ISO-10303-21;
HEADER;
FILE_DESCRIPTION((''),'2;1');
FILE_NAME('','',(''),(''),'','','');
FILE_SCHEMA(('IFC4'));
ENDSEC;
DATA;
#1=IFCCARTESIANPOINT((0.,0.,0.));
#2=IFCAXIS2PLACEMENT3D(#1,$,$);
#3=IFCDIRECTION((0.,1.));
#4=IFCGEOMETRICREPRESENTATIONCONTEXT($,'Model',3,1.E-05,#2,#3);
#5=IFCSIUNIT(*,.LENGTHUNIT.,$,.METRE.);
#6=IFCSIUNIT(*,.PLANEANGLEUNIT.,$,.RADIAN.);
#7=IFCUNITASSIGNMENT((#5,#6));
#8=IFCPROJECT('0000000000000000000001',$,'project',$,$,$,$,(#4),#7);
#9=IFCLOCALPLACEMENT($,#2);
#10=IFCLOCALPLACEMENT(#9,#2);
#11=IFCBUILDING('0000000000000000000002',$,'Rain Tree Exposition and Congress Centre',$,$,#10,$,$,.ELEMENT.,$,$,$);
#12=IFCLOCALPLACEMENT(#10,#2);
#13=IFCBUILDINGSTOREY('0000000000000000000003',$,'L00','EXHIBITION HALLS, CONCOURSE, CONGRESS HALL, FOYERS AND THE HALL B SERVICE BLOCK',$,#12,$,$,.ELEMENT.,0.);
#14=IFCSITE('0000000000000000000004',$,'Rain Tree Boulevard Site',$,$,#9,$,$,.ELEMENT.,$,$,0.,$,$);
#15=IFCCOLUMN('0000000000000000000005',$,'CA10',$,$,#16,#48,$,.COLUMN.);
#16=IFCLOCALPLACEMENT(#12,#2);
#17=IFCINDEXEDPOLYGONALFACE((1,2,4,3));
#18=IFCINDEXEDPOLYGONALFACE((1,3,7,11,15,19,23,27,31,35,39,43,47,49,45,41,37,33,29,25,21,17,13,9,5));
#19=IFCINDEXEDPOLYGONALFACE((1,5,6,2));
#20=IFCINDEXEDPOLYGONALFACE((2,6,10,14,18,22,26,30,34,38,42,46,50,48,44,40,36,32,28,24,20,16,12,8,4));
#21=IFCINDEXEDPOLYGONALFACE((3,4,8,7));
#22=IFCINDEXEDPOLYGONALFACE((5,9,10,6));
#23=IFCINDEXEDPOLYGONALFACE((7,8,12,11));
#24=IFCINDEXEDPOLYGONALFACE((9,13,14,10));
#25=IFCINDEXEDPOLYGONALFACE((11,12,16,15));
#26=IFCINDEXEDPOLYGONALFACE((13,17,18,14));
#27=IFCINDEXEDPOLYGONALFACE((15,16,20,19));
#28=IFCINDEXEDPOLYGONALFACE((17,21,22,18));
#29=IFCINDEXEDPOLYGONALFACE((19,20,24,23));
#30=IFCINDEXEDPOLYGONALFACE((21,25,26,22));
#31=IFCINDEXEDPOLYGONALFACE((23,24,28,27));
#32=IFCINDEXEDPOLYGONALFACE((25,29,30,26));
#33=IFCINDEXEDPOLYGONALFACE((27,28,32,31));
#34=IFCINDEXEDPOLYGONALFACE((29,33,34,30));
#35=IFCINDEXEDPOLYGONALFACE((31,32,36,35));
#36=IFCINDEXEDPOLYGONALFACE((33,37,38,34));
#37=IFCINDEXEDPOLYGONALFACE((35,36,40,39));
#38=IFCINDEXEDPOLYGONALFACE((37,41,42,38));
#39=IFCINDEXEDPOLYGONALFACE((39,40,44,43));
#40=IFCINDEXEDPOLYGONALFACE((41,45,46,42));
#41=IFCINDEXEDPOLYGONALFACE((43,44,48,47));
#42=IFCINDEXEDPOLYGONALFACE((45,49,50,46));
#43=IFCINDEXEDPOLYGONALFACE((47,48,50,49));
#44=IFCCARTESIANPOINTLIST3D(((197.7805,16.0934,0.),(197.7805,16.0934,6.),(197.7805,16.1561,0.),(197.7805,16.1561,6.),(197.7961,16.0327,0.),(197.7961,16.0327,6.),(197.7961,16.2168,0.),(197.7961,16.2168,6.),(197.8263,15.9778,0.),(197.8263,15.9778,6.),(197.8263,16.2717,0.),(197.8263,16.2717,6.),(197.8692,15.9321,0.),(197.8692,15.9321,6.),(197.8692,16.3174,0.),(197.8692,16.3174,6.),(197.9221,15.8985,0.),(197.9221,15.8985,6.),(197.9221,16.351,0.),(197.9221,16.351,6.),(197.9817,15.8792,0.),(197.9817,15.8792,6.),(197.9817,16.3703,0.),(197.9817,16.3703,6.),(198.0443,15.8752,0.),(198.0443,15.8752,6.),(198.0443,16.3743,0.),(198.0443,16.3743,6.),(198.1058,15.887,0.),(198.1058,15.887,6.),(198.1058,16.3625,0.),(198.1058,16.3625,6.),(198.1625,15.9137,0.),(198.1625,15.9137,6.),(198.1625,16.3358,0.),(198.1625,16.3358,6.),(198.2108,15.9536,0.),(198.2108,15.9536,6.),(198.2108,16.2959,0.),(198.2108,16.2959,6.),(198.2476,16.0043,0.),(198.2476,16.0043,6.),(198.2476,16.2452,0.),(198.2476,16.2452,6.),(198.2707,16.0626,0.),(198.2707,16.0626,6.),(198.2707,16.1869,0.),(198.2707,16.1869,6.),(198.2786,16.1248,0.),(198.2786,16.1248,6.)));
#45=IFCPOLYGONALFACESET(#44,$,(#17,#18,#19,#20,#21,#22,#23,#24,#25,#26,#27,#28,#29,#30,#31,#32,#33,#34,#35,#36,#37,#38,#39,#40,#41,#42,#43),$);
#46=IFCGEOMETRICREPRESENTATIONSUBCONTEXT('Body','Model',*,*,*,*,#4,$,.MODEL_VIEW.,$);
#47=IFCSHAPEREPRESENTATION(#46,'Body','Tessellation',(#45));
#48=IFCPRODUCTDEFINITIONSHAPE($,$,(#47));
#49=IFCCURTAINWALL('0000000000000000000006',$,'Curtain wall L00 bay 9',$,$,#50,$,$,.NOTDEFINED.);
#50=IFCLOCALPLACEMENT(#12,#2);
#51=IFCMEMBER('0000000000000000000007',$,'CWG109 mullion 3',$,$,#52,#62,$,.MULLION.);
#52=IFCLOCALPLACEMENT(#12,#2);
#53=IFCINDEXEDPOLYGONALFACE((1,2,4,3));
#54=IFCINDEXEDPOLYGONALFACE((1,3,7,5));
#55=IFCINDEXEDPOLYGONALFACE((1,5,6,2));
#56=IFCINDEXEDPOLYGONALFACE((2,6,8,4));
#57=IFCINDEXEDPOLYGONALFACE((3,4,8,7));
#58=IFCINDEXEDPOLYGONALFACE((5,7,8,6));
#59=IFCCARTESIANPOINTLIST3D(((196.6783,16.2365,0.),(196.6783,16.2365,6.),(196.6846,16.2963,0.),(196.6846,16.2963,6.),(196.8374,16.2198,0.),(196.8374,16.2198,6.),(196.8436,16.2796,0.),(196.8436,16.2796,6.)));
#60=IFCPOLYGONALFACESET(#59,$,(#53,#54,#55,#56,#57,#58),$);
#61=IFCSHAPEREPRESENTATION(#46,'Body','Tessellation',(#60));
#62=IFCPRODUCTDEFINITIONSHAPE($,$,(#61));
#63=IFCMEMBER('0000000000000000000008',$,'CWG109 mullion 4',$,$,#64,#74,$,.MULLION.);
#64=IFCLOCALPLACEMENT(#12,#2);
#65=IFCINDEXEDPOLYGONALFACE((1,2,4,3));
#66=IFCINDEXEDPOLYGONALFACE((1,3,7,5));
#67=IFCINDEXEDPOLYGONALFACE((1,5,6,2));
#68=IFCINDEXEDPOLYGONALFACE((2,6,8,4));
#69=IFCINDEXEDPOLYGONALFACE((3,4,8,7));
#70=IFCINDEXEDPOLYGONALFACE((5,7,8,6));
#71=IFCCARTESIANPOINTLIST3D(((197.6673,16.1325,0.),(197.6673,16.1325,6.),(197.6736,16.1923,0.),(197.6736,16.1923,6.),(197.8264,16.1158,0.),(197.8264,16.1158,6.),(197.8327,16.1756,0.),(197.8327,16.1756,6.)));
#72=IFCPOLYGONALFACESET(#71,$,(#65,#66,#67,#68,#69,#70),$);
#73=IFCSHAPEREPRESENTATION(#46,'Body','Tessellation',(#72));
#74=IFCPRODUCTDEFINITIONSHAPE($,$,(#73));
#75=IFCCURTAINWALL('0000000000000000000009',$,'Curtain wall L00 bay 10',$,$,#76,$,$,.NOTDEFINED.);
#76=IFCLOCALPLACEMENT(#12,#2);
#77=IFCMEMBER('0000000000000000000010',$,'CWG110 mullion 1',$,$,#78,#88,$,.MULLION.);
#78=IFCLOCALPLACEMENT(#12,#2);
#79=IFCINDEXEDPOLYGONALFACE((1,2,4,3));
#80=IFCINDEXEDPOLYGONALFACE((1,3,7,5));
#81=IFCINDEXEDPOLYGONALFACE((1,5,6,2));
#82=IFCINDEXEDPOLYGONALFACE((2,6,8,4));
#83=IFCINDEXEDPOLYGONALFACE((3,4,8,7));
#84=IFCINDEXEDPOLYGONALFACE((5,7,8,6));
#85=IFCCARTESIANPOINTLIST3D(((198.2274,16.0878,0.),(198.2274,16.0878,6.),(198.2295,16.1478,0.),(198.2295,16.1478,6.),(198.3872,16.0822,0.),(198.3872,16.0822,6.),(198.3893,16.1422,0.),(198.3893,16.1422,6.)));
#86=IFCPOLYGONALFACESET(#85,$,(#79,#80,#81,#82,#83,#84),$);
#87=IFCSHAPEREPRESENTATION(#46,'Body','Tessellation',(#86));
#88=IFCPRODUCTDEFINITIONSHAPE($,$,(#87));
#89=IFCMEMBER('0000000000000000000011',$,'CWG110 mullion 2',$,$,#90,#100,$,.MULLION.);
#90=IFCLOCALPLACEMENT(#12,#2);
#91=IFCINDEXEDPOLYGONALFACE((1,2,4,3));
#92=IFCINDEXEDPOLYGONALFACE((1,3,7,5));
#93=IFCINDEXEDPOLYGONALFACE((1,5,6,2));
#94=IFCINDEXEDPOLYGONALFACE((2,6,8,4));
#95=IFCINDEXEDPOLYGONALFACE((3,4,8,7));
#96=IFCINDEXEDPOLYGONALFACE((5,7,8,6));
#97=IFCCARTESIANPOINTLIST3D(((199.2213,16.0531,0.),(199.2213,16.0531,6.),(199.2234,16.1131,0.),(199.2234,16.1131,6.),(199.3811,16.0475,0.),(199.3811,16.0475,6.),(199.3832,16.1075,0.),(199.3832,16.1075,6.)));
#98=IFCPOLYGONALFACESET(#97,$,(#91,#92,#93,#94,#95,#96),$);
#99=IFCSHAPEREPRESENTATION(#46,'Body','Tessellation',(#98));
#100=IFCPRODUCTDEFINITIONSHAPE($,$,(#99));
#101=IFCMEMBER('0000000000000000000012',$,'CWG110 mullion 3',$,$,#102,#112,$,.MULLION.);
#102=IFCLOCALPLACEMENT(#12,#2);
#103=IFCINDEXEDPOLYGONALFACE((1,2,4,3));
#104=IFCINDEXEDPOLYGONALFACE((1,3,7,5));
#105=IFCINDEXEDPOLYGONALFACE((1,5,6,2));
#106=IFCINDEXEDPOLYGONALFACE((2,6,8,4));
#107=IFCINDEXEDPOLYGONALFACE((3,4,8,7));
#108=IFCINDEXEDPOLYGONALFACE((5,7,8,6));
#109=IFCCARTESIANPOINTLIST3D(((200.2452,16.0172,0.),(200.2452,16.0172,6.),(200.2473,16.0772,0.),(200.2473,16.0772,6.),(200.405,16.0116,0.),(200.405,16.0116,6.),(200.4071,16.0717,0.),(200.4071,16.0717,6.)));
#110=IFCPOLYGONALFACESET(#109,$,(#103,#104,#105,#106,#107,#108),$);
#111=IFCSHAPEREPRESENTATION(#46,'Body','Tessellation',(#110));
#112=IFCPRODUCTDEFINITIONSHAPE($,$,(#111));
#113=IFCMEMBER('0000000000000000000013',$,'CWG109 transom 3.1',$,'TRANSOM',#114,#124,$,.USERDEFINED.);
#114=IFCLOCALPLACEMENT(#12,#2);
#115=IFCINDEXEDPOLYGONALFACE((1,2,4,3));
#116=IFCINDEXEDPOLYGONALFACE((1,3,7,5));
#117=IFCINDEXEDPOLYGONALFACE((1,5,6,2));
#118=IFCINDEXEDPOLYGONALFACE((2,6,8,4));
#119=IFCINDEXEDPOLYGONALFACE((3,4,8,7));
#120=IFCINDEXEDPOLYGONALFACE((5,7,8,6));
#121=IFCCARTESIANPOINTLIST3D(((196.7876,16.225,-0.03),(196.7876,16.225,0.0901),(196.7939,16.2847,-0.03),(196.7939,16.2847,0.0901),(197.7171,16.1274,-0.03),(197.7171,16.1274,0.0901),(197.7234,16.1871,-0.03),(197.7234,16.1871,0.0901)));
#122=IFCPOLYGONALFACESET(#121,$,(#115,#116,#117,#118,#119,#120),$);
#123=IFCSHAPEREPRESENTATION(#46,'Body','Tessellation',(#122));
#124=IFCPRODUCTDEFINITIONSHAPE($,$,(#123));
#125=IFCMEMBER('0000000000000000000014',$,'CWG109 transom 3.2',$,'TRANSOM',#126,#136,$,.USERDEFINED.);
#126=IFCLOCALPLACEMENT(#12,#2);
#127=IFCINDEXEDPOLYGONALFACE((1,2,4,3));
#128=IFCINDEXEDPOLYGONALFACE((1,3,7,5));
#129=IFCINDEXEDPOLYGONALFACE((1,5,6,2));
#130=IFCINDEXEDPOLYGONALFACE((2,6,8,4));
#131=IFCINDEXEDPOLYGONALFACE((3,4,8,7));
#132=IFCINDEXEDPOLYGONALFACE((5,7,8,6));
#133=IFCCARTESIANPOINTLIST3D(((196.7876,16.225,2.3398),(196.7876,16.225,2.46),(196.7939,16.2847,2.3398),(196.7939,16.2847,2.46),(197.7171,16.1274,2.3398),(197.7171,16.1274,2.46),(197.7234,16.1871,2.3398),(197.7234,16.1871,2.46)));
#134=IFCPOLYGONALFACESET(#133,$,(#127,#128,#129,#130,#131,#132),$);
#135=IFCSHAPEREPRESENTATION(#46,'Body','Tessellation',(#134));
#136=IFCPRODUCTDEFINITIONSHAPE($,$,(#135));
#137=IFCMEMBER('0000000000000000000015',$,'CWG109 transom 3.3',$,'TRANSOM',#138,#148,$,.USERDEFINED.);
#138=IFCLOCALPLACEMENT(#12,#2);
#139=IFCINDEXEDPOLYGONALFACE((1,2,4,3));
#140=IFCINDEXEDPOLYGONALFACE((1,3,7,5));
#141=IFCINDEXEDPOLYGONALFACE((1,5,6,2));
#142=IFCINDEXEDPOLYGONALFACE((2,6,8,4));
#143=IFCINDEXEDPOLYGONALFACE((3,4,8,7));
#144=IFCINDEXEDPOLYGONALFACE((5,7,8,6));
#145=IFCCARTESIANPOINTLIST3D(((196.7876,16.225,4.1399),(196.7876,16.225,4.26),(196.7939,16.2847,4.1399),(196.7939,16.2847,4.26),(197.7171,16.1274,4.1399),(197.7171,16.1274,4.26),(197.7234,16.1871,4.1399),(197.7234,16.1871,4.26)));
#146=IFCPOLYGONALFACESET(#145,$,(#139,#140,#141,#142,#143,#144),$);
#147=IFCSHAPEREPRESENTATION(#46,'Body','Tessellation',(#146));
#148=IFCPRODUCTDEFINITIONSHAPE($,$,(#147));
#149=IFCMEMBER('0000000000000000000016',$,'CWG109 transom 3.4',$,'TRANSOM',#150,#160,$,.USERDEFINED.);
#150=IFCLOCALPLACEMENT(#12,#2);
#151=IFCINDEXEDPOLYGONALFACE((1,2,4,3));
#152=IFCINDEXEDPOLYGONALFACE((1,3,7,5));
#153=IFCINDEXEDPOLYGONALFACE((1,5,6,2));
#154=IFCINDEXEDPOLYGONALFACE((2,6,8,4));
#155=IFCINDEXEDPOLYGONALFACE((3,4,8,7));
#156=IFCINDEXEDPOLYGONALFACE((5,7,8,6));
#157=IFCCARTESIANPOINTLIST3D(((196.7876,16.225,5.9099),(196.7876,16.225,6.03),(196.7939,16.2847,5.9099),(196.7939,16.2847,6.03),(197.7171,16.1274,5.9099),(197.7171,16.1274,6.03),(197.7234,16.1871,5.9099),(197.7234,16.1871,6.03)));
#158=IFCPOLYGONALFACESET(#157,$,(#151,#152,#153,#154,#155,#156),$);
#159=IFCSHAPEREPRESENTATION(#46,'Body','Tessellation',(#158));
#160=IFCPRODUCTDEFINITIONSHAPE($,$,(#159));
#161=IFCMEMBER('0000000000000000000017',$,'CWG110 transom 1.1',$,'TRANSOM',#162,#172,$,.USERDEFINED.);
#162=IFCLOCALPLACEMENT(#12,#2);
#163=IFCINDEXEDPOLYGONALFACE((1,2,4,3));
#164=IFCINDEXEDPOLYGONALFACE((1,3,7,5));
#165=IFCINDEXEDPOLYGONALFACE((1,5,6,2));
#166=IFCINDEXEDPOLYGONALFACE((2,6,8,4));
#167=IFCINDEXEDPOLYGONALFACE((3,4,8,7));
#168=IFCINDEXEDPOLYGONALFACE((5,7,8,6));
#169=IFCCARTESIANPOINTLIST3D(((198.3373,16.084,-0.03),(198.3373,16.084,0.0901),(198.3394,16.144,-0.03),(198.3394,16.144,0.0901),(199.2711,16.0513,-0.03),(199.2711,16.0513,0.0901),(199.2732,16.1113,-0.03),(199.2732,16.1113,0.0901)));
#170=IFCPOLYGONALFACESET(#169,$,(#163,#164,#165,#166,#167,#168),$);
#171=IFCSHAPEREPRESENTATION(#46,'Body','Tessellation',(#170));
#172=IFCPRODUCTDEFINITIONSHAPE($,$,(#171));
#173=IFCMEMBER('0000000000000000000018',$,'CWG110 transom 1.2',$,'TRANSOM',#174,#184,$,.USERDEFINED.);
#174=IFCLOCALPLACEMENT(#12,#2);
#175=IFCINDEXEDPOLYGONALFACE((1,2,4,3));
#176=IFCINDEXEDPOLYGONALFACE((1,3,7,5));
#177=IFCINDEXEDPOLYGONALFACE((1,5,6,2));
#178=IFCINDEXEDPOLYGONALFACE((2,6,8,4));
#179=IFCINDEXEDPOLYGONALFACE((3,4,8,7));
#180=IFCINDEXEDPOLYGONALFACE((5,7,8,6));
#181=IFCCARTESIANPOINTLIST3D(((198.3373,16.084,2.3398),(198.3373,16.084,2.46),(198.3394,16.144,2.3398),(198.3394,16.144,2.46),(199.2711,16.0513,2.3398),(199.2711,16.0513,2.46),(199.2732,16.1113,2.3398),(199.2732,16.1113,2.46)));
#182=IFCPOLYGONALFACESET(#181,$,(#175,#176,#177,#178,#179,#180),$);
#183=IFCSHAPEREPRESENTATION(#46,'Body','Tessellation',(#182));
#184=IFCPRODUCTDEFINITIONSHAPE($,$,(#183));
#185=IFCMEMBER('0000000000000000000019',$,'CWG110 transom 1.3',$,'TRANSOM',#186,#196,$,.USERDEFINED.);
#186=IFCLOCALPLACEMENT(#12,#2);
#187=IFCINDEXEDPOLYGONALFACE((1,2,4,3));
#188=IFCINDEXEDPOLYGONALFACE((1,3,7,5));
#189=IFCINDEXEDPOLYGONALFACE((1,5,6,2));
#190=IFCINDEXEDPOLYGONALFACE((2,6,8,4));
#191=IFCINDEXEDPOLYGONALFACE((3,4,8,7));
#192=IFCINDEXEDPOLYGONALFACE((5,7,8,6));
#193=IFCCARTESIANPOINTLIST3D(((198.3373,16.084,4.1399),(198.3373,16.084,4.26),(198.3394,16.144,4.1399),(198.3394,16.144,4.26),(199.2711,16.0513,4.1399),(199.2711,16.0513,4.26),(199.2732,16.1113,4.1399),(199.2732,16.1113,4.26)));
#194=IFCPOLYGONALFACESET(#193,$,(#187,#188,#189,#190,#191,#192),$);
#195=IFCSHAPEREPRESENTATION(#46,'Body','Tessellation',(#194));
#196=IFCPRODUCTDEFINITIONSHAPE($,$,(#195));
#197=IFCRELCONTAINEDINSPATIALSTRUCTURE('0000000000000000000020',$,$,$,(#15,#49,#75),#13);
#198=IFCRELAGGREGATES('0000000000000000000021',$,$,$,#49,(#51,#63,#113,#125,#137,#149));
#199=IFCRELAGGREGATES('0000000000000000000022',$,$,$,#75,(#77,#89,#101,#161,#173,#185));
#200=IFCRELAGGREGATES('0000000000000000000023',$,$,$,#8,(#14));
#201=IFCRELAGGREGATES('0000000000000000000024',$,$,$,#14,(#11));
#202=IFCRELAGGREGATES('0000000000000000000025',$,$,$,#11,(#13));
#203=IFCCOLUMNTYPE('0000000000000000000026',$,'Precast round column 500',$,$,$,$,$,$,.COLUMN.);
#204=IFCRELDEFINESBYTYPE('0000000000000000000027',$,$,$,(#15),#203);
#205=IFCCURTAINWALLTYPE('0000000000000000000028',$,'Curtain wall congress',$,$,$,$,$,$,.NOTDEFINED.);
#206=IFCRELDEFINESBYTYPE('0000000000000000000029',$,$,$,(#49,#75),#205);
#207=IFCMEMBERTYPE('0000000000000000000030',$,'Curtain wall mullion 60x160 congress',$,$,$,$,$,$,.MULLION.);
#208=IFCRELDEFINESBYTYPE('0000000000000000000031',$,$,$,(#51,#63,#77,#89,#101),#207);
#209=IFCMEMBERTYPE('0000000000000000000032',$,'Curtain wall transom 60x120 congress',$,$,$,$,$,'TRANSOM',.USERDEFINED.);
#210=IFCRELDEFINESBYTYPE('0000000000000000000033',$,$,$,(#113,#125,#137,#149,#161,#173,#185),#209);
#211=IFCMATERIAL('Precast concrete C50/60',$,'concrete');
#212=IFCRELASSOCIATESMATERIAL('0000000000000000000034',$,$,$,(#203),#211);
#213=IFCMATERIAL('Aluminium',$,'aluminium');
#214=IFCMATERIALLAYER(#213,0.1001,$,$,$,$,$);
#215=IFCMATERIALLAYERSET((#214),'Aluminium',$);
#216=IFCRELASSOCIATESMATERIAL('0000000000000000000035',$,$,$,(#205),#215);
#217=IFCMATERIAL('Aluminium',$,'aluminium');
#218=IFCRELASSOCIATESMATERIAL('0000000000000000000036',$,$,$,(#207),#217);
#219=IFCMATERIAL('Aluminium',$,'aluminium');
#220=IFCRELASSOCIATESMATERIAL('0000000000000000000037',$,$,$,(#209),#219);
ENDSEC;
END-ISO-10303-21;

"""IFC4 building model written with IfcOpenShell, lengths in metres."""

from ifc_helpers import new_model, si_unit, direction, frame, origin, origin_2d, place, context, subcontext, project, spatial, rectangle, circle, extrude, material, layer, layer_set, material_profile, profile_set, type_object, element, aggregate, save


model = new_model("IFC4")

# Units and contexts
model_context = context("Model", 3, precision=1e-05, world=origin(), true_north=direction((0.0, 1.0)))
body_context = subcontext(model_context, "Body", "Model", "MODEL_VIEW")
ifc_project = project(units=[si_unit("LENGTHUNIT", "METRE"), si_unit("PLANEANGLEUNIT", "RADIAN")], contexts=[model_context])

# Site, building, storey
site_placement = place(None, origin())
site = spatial("IfcSite", under=ifc_project, at=site_placement, Name="Rain Tree Boulevard Site", CompositionType="ELEMENT", RefElevation=0.0)
building_placement = place(site_placement, origin())
building = spatial("IfcBuilding", under=site, at=building_placement, Name="Rain Tree Exposition and Congress Centre", CompositionType="ELEMENT")
storey_placement = place(building_placement, origin())
storey = spatial("IfcBuildingStorey", under=building, at=storey_placement, Name="L00", Description="EXHIBITION HALLS, CONCOURSE, CONGRESS HALL, FOYERS AND THE HALL B SERVICE BLOCK", CompositionType="ELEMENT", Elevation=0.0)

# Column
ifc_material_1 = material(Name="Precast concrete C50/60", Category="concrete")
ifc_material_profile_1 = material_profile(ifc_material_1, circle(Radius=0.25, at=origin_2d()), Name="RC D500")
ifc_profile_set_1 = profile_set([ifc_material_profile_1], Name="Precast concrete C50/60")
column_type = type_object("IfcColumnType", Name="Precast round column 500", PredefinedType="COLUMN", material=ifc_profile_set_1)
column_placement = place(storey_placement, frame((198.0286, 16.1248, 0.0), z_axis=(0.0, 0.0, 1.0), x_axis=(1.0, 0.0, 0.0)))
element("IfcColumn", 1, at=column_placement, inside=storey, type_object=column_type, Name="CA10", PredefinedType="COLUMN", context=body_context, shape_type="SweptSolid", body=[
    extrude(circle(Radius=0.25, at=origin_2d()), origin(), (0.0, 0.0, 1.0), 6.0),
])

# Curtain walls, members
ifc_material_2 = material(Name="Aluminium", Category="aluminium")
ifc_layer_1 = layer(ifc_material_2, 0.1001)
ifc_layer_set_1 = layer_set([ifc_layer_1], Name="Aluminium")
curtain_wall_type = type_object("IfcCurtainWallType", Name="Curtain wall congress", PredefinedType="NOTDEFINED", material=ifc_layer_set_1)
curtain_wall_1_placement = place(storey_placement, origin())
curtain_wall_1 = element("IfcCurtainWall", 2, at=curtain_wall_1_placement, inside=storey, type_object=curtain_wall_type, Name="Curtain wall L00 bay 9", PredefinedType="NOTDEFINED")
ifc_material_3 = material(Name="Aluminium", Category="aluminium")
ifc_material_profile_2 = material_profile(ifc_material_3, rectangle(XDim=0.0601, YDim=0.1599, at=origin_2d()), Name="AL 60x160")
ifc_profile_set_2 = profile_set([ifc_material_profile_2], Name="Aluminium")
member_type_1 = type_object("IfcMemberType", Name="Curtain wall mullion 60x160 congress", PredefinedType="MULLION", material=ifc_profile_set_2)
member_1_placement = place(storey_placement, frame((196.761, 16.2581, 0.0), z_axis=(0.0, 0.0, 1.0), x_axis=(0.104502, 0.994525, 0.0)))
member_1 = element("IfcMember", 3, at=member_1_placement, type_object=member_type_1, Name="CWG109 mullion 3", PredefinedType="MULLION", context=body_context, shape_type="SweptSolid", body=[
    extrude(rectangle(XDim=0.0601, YDim=0.1599, at=origin_2d()), origin(), (0.0, 0.0, 1.0), 6.0),
])
member_2_placement = place(storey_placement, frame((197.75, 16.1541, 0.0), z_axis=(0.0, 0.0, 1.0), x_axis=(0.104502, 0.994525, 0.0)))
member_2 = element("IfcMember", 4, at=member_2_placement, type_object=member_type_1, Name="CWG109 mullion 4", PredefinedType="MULLION", context=body_context, shape_type="SweptSolid", body=[
    extrude(rectangle(XDim=0.0601, YDim=0.1599, at=origin_2d()), origin(), (0.0, 0.0, 1.0), 6.0),
])
curtain_wall_2_placement = place(storey_placement, origin())
curtain_wall_2 = element("IfcCurtainWall", 5, at=curtain_wall_2_placement, inside=storey, type_object=curtain_wall_type, Name="Curtain wall L00 bay 10", PredefinedType="NOTDEFINED")
member_3_placement = place(storey_placement, frame((198.3083, 16.115, 0.0), z_axis=(0.0, 0.0, 1.0), x_axis=(0.034908, 0.999391, 0.0)))
member_3 = element("IfcMember", 6, at=member_3_placement, type_object=member_type_1, Name="CWG110 mullion 1", PredefinedType="MULLION", context=body_context, shape_type="SweptSolid", body=[
    extrude(rectangle(XDim=0.0601, YDim=0.1599, at=origin_2d()), origin(), (0.0, 0.0, 1.0), 6.0),
])
member_4_placement = place(storey_placement, frame((199.3022, 16.0803, 0.0), z_axis=(0.0, 0.0, 1.0), x_axis=(0.034908, 0.999391, 0.0)))
member_4 = element("IfcMember", 7, at=member_4_placement, type_object=member_type_1, Name="CWG110 mullion 2", PredefinedType="MULLION", context=body_context, shape_type="SweptSolid", body=[
    extrude(rectangle(XDim=0.0601, YDim=0.1599, at=origin_2d()), origin(), (0.0, 0.0, 1.0), 6.0),
])
member_5_placement = place(storey_placement, frame((200.3262, 16.0444, 0.0), z_axis=(0.0, 0.0, 1.0), x_axis=(0.034908, 0.999391, 0.0)))
member_5 = element("IfcMember", 8, at=member_5_placement, type_object=member_type_1, Name="CWG110 mullion 3", PredefinedType="MULLION", context=body_context, shape_type="SweptSolid", body=[
    extrude(rectangle(XDim=0.0601, YDim=0.1599, at=origin_2d()), origin(), (0.0, 0.0, 1.0), 6.0),
])

# Members
ifc_material_4 = material(Name="Aluminium", Category="aluminium")
ifc_material_profile_3 = material_profile(ifc_material_4, rectangle(XDim=0.0601, YDim=0.1201, at=origin_2d()), Name="AL 60x120")
ifc_profile_set_3 = profile_set([ifc_material_profile_3], Name="Aluminium")
member_type_2 = type_object("IfcMemberType", Name="Curtain wall transom 60x120 congress", ElementType="TRANSOM", PredefinedType="USERDEFINED", material=ifc_profile_set_3)
member_6_placement = place(storey_placement, frame((196.7908, 16.2549, 0.03), z_axis=(0.994525, -0.104494, 0.0), x_axis=(0.104494, 0.994525, 0.0)))
member_6 = element("IfcMember", 9, at=member_6_placement, type_object=member_type_2, Name="CWG109 transom 3.1", ObjectType="TRANSOM", PredefinedType="USERDEFINED", context=body_context, shape_type="SweptSolid", body=[
    extrude(rectangle(XDim=0.0601, YDim=0.1201, at=origin_2d()), origin(), (0.0, 0.0, 1.0), 0.9346),
])
member_7_placement = place(storey_placement, frame((196.7908, 16.2549, 2.3999), z_axis=(0.994525, -0.104494, 0.0), x_axis=(0.104494, 0.994525, 0.0)))
member_7 = element("IfcMember", 10, at=member_7_placement, type_object=member_type_2, Name="CWG109 transom 3.2", ObjectType="TRANSOM", PredefinedType="USERDEFINED", context=body_context, shape_type="SweptSolid", body=[
    extrude(rectangle(XDim=0.0601, YDim=0.1201, at=origin_2d()), origin(), (0.0, 0.0, 1.0), 0.9346),
])
member_8_placement = place(storey_placement, frame((196.7908, 16.2549, 4.2), z_axis=(0.994525, -0.104494, 0.0), x_axis=(0.104494, 0.994525, 0.0)))
member_8 = element("IfcMember", 11, at=member_8_placement, type_object=member_type_2, Name="CWG109 transom 3.3", ObjectType="TRANSOM", PredefinedType="USERDEFINED", context=body_context, shape_type="SweptSolid", body=[
    extrude(rectangle(XDim=0.0601, YDim=0.1201, at=origin_2d()), origin(), (0.0, 0.0, 1.0), 0.9346),
])
member_9_placement = place(storey_placement, frame((196.7908, 16.2549, 5.97), z_axis=(0.994525, -0.104494, 0.0), x_axis=(0.104494, 0.994525, 0.0)))
member_9 = element("IfcMember", 12, at=member_9_placement, type_object=member_type_2, Name="CWG109 transom 3.4", ObjectType="TRANSOM", PredefinedType="USERDEFINED", context=body_context, shape_type="SweptSolid", body=[
    extrude(rectangle(XDim=0.0601, YDim=0.1201, at=origin_2d()), origin(), (0.0, 0.0, 1.0), 0.9346),
])
member_10_placement = place(storey_placement, frame((198.3384, 16.114, 0.03), z_axis=(0.999387, -0.035011, 0.0), x_axis=(0.035011, 0.999387, 0.0)))
member_10 = element("IfcMember", 13, at=member_10_placement, type_object=member_type_2, Name="CWG110 transom 1.1", ObjectType="TRANSOM", PredefinedType="USERDEFINED", context=body_context, shape_type="SweptSolid", body=[
    extrude(rectangle(XDim=0.0601, YDim=0.1201, at=origin_2d()), origin(), (0.0, 0.0, 1.0), 0.9343),
])
member_11_placement = place(storey_placement, frame((198.3384, 16.114, 2.3999), z_axis=(0.999387, -0.035011, 0.0), x_axis=(0.035011, 0.999387, 0.0)))
member_11 = element("IfcMember", 14, at=member_11_placement, type_object=member_type_2, Name="CWG110 transom 1.2", ObjectType="TRANSOM", PredefinedType="USERDEFINED", context=body_context, shape_type="SweptSolid", body=[
    extrude(rectangle(XDim=0.0601, YDim=0.1201, at=origin_2d()), origin(), (0.0, 0.0, 1.0), 0.9343),
])
member_12_placement = place(storey_placement, frame((198.3384, 16.114, 4.2), z_axis=(0.999387, -0.035011, 0.0), x_axis=(0.035011, 0.999387, 0.0)))
member_12 = element("IfcMember", 15, at=member_12_placement, type_object=member_type_2, Name="CWG110 transom 1.3", ObjectType="TRANSOM", PredefinedType="USERDEFINED", context=body_context, shape_type="SweptSolid", body=[
    extrude(rectangle(XDim=0.0601, YDim=0.1201, at=origin_2d()), origin(), (0.0, 0.0, 1.0), 0.9343),
])

aggregate(curtain_wall_1, [member_1, member_2, member_6, member_7, member_8, member_9])
aggregate(curtain_wall_2, [member_3, member_4, member_5, member_10, member_11, member_12])

save(model, "model.ifc")
